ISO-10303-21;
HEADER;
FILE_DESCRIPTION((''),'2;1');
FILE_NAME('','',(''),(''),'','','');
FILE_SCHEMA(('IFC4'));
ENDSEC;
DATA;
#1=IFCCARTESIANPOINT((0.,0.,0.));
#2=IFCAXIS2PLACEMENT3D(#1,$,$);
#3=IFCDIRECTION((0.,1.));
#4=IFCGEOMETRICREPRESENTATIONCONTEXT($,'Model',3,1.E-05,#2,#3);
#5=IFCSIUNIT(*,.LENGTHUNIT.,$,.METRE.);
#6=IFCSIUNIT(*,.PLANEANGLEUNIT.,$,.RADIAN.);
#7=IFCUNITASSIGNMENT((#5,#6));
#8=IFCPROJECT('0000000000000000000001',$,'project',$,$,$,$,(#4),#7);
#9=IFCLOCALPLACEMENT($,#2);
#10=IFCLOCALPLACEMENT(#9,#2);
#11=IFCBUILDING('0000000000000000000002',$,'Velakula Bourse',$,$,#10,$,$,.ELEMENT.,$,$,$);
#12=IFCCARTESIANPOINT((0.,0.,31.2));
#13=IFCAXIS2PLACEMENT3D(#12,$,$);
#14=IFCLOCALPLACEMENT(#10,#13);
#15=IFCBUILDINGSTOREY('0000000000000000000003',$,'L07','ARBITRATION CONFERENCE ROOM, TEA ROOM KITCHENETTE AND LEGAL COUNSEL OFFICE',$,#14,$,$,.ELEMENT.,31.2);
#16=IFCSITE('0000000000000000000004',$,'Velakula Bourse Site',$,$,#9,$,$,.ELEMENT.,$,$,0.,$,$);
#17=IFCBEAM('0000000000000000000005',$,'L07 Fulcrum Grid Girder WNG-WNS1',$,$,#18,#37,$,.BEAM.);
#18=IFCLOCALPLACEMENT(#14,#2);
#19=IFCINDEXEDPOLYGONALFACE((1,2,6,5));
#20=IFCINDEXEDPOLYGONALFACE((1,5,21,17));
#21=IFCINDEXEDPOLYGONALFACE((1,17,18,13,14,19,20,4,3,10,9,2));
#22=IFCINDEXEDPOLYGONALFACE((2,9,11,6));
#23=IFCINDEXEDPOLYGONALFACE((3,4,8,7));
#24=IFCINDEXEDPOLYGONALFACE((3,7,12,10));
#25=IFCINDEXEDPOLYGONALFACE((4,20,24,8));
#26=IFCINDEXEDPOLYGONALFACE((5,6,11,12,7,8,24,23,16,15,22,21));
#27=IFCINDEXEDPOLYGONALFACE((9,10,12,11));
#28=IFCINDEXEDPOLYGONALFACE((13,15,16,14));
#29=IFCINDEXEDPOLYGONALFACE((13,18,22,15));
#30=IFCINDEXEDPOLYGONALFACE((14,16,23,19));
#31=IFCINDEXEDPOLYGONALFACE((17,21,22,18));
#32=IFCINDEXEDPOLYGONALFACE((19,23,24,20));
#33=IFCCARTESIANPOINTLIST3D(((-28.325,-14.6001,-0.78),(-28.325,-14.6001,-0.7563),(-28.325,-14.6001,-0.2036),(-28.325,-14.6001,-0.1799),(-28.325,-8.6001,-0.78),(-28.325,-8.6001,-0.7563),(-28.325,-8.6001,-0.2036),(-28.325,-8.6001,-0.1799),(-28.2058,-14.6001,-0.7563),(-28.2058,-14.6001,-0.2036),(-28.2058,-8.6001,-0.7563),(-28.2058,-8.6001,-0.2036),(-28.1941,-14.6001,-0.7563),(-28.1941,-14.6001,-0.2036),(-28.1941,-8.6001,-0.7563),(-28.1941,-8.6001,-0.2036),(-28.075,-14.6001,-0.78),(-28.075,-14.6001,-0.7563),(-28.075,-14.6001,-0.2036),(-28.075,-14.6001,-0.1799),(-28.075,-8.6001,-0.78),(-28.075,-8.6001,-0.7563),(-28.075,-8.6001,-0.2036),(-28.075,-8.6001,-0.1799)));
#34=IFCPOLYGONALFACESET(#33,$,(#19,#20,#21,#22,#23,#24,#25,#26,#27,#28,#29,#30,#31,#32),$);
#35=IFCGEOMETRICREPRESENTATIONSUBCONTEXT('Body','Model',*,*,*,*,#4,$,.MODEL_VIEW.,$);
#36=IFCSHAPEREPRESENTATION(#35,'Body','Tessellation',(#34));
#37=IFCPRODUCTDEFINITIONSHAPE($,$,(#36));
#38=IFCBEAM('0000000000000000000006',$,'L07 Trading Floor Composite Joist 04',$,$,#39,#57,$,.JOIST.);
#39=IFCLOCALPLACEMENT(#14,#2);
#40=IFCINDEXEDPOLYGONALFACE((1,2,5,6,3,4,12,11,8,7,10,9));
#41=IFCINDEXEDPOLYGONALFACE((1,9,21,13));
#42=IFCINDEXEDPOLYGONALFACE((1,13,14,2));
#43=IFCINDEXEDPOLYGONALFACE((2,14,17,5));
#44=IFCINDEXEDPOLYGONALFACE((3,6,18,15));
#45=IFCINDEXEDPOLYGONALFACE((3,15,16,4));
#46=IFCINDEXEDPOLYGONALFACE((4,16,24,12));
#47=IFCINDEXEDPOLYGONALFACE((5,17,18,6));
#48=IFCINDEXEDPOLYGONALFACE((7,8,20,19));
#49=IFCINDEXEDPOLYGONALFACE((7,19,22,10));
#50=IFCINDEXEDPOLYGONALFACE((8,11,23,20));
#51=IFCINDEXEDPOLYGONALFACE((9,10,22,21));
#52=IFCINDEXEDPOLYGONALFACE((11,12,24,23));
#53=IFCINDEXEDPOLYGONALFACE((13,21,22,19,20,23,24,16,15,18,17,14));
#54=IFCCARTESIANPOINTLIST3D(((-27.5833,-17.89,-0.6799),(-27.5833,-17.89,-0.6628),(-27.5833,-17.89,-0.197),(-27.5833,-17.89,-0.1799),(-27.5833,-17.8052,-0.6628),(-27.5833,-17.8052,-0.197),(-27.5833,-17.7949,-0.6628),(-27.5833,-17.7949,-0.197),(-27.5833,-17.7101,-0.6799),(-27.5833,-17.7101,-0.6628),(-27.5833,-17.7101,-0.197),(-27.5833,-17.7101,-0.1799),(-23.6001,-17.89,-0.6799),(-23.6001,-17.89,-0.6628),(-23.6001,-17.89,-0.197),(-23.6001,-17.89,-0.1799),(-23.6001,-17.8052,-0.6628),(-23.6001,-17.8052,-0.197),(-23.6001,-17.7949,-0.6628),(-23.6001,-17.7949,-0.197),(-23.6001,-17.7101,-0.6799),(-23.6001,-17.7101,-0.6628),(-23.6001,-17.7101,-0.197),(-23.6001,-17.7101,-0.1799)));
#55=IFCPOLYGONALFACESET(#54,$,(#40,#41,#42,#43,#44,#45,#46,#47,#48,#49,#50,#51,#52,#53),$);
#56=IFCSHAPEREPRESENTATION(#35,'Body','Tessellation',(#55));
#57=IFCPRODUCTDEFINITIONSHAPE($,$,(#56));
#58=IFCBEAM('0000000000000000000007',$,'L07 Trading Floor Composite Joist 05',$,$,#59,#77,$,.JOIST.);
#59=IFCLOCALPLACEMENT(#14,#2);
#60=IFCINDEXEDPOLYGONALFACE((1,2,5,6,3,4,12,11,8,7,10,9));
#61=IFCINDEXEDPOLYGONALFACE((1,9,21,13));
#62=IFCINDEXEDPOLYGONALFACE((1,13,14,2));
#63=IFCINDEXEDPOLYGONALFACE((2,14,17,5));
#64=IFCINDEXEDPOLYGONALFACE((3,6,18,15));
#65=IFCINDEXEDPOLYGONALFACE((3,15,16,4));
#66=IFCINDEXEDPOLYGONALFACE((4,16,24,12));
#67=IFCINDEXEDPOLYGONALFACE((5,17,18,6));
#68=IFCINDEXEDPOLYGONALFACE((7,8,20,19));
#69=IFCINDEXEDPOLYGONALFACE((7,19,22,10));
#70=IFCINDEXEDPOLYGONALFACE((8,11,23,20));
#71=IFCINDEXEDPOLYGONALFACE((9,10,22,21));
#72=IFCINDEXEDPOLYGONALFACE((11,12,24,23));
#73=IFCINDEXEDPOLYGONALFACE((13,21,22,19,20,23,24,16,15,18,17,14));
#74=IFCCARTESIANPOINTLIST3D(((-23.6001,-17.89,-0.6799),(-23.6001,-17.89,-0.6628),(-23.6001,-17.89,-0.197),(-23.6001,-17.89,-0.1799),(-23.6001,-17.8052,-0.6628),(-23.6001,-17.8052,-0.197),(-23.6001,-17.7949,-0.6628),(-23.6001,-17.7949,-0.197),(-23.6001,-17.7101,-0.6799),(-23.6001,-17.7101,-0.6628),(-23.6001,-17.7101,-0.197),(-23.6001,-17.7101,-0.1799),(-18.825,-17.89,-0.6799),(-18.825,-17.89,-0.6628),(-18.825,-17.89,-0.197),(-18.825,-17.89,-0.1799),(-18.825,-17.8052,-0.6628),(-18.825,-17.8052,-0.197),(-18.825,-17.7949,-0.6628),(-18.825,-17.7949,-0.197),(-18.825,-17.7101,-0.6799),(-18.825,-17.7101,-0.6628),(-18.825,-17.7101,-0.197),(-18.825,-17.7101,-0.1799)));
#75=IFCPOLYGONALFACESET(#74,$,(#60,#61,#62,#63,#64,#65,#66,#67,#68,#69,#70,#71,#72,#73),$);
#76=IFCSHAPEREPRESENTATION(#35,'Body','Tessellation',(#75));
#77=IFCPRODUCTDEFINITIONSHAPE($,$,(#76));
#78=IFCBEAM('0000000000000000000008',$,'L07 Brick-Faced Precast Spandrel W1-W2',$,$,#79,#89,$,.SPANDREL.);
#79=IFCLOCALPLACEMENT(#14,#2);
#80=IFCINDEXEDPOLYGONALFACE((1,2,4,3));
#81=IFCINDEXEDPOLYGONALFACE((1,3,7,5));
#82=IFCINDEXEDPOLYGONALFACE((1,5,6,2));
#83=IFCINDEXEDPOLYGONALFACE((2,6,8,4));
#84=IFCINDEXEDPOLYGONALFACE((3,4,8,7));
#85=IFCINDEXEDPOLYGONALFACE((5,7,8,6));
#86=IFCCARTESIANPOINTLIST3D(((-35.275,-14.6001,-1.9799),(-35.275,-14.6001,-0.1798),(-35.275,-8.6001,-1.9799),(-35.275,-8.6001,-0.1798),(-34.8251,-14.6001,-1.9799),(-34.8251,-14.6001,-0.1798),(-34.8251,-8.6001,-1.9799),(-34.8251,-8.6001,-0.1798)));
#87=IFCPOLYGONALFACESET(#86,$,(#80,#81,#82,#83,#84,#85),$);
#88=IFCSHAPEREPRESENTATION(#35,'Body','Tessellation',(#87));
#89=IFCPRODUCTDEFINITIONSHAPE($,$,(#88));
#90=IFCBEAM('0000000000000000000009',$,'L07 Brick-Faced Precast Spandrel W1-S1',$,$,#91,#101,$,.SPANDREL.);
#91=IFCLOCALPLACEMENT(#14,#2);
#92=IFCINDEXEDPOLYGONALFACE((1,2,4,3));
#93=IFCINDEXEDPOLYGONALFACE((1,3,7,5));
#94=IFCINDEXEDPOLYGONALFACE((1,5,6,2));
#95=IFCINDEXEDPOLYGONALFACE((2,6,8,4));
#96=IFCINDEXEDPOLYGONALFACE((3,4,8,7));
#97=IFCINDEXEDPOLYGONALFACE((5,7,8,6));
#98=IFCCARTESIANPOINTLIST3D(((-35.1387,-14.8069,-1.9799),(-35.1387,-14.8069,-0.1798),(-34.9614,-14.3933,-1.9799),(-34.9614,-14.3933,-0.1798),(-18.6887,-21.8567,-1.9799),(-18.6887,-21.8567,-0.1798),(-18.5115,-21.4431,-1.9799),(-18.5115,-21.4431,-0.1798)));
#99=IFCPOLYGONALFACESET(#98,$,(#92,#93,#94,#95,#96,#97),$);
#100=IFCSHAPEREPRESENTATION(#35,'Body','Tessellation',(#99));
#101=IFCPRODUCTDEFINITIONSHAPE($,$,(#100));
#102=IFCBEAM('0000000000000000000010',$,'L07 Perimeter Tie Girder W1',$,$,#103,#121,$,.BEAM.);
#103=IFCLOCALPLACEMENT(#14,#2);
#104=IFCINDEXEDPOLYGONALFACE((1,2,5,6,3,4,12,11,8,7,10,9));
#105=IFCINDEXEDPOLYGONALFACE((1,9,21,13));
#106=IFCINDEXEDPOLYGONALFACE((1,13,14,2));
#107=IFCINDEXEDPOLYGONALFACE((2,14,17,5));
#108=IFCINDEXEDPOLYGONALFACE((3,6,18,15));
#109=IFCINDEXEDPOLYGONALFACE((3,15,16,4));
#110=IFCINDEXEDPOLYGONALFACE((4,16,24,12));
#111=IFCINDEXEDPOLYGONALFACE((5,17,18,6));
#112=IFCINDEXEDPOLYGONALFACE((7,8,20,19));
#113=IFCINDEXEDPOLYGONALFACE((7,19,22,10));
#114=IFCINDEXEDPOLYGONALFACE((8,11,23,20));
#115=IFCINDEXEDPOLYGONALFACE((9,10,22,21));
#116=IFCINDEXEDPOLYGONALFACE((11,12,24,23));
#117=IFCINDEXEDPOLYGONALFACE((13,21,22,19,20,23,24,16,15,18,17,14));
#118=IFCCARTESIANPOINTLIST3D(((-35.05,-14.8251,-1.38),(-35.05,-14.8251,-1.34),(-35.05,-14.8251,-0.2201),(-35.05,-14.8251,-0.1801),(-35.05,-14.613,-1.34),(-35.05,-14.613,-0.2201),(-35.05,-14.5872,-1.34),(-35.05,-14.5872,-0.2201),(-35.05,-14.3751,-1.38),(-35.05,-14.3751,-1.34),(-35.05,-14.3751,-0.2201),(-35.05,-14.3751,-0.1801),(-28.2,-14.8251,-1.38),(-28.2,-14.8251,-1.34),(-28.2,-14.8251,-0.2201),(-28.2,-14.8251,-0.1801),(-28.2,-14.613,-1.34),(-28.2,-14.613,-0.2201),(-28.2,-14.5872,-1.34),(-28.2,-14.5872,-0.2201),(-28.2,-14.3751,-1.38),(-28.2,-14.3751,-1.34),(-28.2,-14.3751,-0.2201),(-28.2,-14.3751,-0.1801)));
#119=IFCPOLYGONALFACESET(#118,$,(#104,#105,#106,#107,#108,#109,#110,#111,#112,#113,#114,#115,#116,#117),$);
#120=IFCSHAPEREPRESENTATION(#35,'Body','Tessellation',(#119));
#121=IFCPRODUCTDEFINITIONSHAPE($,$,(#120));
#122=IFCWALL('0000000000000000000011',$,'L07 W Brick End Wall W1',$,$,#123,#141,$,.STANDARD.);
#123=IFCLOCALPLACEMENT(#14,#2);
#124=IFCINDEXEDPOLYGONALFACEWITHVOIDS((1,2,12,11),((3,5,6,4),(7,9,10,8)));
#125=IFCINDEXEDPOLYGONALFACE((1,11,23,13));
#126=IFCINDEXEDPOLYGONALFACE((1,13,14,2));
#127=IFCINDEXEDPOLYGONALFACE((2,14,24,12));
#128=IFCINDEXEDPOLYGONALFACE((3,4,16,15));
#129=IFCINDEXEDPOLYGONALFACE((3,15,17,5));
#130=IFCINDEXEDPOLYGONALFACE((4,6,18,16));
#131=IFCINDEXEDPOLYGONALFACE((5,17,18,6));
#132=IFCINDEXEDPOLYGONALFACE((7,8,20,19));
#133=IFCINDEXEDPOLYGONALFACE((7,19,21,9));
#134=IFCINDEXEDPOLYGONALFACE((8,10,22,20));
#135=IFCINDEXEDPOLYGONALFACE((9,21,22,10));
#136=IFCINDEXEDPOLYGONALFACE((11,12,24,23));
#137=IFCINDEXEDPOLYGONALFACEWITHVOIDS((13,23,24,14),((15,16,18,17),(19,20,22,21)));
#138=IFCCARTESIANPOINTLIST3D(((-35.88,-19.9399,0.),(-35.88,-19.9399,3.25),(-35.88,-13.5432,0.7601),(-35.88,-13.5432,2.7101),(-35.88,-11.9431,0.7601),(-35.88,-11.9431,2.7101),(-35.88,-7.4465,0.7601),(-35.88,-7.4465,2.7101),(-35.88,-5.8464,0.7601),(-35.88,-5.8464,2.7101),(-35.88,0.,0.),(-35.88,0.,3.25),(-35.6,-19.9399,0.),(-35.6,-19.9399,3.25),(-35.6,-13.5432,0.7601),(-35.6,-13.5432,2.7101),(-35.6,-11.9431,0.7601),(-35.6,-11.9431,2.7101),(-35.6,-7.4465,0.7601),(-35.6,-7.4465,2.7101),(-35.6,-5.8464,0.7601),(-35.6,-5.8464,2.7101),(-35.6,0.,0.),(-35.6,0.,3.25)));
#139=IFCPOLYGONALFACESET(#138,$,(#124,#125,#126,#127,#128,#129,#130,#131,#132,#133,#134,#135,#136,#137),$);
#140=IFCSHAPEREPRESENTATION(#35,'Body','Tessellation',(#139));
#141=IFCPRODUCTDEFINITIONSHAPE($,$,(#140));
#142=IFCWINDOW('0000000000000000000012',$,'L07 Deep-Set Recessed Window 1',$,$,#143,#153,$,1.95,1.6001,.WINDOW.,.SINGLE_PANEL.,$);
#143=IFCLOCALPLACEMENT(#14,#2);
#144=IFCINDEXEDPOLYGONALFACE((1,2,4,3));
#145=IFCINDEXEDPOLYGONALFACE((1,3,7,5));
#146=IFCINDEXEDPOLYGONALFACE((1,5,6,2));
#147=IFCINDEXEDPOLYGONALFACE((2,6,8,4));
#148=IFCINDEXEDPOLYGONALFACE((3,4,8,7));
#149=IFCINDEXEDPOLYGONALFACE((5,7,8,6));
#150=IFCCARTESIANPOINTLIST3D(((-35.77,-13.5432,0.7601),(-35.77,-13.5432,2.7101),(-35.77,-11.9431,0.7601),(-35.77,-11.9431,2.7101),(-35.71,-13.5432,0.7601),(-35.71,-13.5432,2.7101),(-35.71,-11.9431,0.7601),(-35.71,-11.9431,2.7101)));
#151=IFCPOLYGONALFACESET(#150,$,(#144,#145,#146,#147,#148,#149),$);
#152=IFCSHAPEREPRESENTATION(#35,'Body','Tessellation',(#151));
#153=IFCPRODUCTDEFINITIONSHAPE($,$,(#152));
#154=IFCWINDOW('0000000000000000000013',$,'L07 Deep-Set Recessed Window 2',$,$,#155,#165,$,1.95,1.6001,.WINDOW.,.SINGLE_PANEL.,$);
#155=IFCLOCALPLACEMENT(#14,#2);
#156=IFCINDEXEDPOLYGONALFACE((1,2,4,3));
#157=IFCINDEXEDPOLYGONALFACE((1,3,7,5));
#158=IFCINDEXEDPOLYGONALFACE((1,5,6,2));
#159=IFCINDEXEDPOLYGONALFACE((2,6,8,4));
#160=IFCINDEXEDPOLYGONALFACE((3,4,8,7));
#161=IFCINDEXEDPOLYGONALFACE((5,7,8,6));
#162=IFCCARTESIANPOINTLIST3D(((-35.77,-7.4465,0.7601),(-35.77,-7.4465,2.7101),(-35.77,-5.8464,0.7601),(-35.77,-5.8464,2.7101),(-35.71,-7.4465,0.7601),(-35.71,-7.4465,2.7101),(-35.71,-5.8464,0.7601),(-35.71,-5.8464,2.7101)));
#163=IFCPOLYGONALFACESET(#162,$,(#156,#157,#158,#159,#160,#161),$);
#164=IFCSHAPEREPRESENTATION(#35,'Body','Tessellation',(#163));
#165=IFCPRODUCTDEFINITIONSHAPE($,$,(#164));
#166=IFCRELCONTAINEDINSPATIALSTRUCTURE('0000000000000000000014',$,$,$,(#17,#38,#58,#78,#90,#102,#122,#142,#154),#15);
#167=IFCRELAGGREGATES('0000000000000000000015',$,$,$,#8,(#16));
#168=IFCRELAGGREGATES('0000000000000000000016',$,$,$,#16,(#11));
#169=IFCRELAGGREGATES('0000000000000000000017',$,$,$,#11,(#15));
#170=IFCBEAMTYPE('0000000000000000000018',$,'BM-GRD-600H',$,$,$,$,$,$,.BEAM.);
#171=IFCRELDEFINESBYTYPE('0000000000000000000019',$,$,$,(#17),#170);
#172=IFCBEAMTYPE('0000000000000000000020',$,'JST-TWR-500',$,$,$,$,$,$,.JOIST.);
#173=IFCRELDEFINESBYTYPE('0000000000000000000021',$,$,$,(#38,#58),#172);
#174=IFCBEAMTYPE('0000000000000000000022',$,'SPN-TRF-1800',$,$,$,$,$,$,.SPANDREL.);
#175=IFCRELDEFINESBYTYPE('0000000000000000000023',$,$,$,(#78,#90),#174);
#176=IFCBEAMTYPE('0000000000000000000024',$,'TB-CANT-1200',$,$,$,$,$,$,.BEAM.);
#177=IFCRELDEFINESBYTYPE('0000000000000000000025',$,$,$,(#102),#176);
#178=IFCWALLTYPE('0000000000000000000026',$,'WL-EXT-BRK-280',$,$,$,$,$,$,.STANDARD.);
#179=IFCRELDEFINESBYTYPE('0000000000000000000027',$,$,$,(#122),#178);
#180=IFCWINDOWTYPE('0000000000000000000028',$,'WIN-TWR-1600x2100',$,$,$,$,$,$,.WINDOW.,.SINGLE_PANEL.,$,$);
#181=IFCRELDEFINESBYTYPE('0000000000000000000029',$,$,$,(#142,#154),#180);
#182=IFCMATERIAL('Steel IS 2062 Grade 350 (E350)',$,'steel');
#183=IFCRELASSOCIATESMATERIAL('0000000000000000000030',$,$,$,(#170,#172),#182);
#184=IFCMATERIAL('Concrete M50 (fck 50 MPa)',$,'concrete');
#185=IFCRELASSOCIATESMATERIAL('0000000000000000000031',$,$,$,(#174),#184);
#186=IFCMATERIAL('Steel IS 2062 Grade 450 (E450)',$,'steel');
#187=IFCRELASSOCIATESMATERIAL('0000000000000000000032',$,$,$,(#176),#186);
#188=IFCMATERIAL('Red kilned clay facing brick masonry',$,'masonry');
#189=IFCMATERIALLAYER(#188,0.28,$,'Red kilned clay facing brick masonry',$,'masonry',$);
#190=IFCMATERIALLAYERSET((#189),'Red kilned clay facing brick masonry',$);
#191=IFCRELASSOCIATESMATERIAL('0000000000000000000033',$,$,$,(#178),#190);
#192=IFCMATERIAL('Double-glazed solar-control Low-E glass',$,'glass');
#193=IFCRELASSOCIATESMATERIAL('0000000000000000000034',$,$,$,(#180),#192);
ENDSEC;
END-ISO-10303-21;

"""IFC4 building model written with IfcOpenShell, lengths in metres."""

from ifc_helpers import new_model, si_unit, direction, frame, frame_2d, origin, origin_2d, place, context, subcontext, project, spatial, rectangle, i_section, extrude, material, layer, layer_set, material_profile, profile_set, type_object, element, fill, save


model = new_model("IFC4")

# Units and contexts
model_context = context("Model", 3, precision=1e-05, world=origin(), true_north=direction((0.0, 1.0)))
body_context = subcontext(model_context, "Body", "Model", "MODEL_VIEW")
ifc_project = project(units=[si_unit("LENGTHUNIT", "METRE"), si_unit("PLANEANGLEUNIT", "RADIAN")], contexts=[model_context])

# Site, building, storey
site_placement = place(None, origin())
site = spatial("IfcSite", under=ifc_project, at=site_placement, Name="Velakula Bourse Site", CompositionType="ELEMENT", RefElevation=0.0)
building_placement = place(site_placement, origin())
building = spatial("IfcBuilding", under=site, at=building_placement, Name="Velakula Bourse", CompositionType="ELEMENT")
storey_placement = place(building_placement, frame((0.0, 0.0, 31.2)))
storey = spatial("IfcBuildingStorey", under=building, at=storey_placement, Name="L07", Description="ARBITRATION CONFERENCE ROOM, TEA ROOM KITCHENETTE AND LEGAL COUNSEL OFFICE", CompositionType="ELEMENT", Elevation=31.2)

# Shared definitions
ifc_material_1 = material(Name="Steel IS 2062 Grade 450 (E450)", Category="steel")

# Beams
ifc_material_2 = material(Name="Steel IS 2062 Grade 350 (E350)", Category="steel")
ifc_material_profile_1 = material_profile(ifc_material_2, i_section(OverallWidth=0.25, OverallDepth=0.6001, WebThickness=0.0117, FlangeThickness=0.0237, at=origin_2d()), Name="Steel IS 2062 Grade 350 (E350)")
ifc_profile_set_1 = profile_set([ifc_material_profile_1], Name="Steel IS 2062 Grade 350 (E350)")
beam_type_1 = type_object("IfcBeamType", Name="BM-GRD-600H", PredefinedType="BEAM", material=ifc_profile_set_1)
beam_1_placement = place(storey_placement, frame((-28.2, -14.6001, -0.48), z_axis=(0.0, 1.0, 0.0), x_axis=(-1.0, 0.0, 0.0)))
element("IfcBeam", 1, at=beam_1_placement, inside=storey, type_object=beam_type_1, Name="L07 Fulcrum Grid Girder WNG-WNS1", PredefinedType="BEAM", context=body_context, shape_type="SweptSolid", body=[
    extrude(i_section(OverallWidth=0.25, OverallDepth=0.6001, WebThickness=0.0117, FlangeThickness=0.0237, at=origin_2d()), origin(), (0.0, 0.0, 1.0), 6.0),
])
ifc_material_profile_2 = material_profile(ifc_material_2, i_section(OverallWidth=0.1799, OverallDepth=0.5, WebThickness=0.0103, FlangeThickness=0.0171, at=origin_2d()), Name="Steel IS 2062 Grade 350 (E350)")
ifc_profile_set_2 = profile_set([ifc_material_profile_2], Name="Steel IS 2062 Grade 350 (E350)")
beam_type_2 = type_object("IfcBeamType", Name="JST-TWR-500", PredefinedType="JOIST", material=ifc_profile_set_2)
beam_2_placement = place(storey_placement, frame((-27.5833, -17.8, -0.4299), z_axis=(1.0, 0.0, 0.0), x_axis=(0.0, 1.0, 0.0)))
element("IfcBeam", 2, at=beam_2_placement, inside=storey, type_object=beam_type_2, Name="L07 Trading Floor Composite Joist 04", PredefinedType="JOIST", context=body_context, shape_type="SweptSolid", body=[
    extrude(i_section(OverallWidth=0.1799, OverallDepth=0.5, WebThickness=0.0103, FlangeThickness=0.0171, at=origin_2d()), origin(), (0.0, 0.0, 1.0), 3.9832),
])
beam_3_placement = place(storey_placement, frame((-23.6001, -17.8, -0.4299), z_axis=(1.0, 0.0, 0.0), x_axis=(0.0, 1.0, 0.0)))
element("IfcBeam", 3, at=beam_3_placement, inside=storey, type_object=beam_type_2, Name="L07 Trading Floor Composite Joist 05", PredefinedType="JOIST", context=body_context, shape_type="SweptSolid", body=[
    extrude(i_section(OverallWidth=0.1799, OverallDepth=0.5, WebThickness=0.0103, FlangeThickness=0.0171, at=origin_2d()), origin(), (0.0, 0.0, 1.0), 4.7751),
])
ifc_material_3 = material(Name="Concrete M50 (fck 50 MPa)", Category="concrete")
ifc_material_profile_3 = material_profile(ifc_material_3, rectangle(XDim=0.45, YDim=1.8, at=origin_2d()), Name="Concrete M50 (fck 50 MPa)")
ifc_profile_set_3 = profile_set([ifc_material_profile_3], Name="Concrete M50 (fck 50 MPa)")
beam_type_3 = type_object("IfcBeamType", Name="SPN-TRF-1800", PredefinedType="SPANDREL", material=ifc_profile_set_3)
beam_4_placement = place(storey_placement, frame((-35.05, -14.6001, -1.0798), z_axis=(0.0, 1.0, 0.0), x_axis=(-1.0, 0.0, 0.0)))
element("IfcBeam", 4, at=beam_4_placement, inside=storey, type_object=beam_type_3, Name="L07 Brick-Faced Precast Spandrel W1-W2", PredefinedType="SPANDREL", context=body_context, shape_type="SweptSolid", body=[
    extrude(rectangle(XDim=0.45, YDim=1.8, at=origin_2d()), origin(), (0.0, 0.0, 1.0), 6.0),
])
beam_5_placement = place(storey_placement, frame((-35.05, -14.6001, -1.0798), z_axis=(0.919149, -0.393911, 0.0), x_axis=(0.393911, 0.919149, 0.0)))
element("IfcBeam", 5, at=beam_5_placement, inside=storey, type_object=beam_type_3, Name="L07 Brick-Faced Precast Spandrel W1-S1", PredefinedType="SPANDREL", context=body_context, shape_type="SweptSolid", body=[
    extrude(rectangle(XDim=0.45, YDim=1.8, at=origin_2d()), origin(), (0.0, 0.0, 1.0), 17.897),
])
ifc_material_profile_4 = material_profile(ifc_material_1, i_section(OverallWidth=0.45, OverallDepth=1.2, WebThickness=0.0259, FlangeThickness=0.04, at=origin_2d()), Name="Steel IS 2062 Grade 450 (E450)")
ifc_profile_set_4 = profile_set([ifc_material_profile_4], Name="Steel IS 2062 Grade 450 (E450)")
beam_type_4 = type_object("IfcBeamType", Name="TB-CANT-1200", PredefinedType="BEAM", material=ifc_profile_set_4)
beam_6_placement = place(storey_placement, frame((-28.2, -14.6001, -0.78), z_axis=(-1.0, 0.0, 0.0), x_axis=(0.0, -1.0, 0.0)))
element("IfcBeam", 6, at=beam_6_placement, inside=storey, type_object=beam_type_4, Name="L07 Perimeter Tie Girder W1", PredefinedType="BEAM", context=body_context, shape_type="SweptSolid", body=[
    extrude(i_section(OverallWidth=0.45, OverallDepth=1.2, WebThickness=0.0259, FlangeThickness=0.04, at=origin_2d()), origin(), (0.0, 0.0, 1.0), 6.8501),
])

# Wall, openings, windows
ifc_material_4 = material(Name="Red kilned clay facing brick masonry", Category="masonry")
ifc_layer_1 = layer(ifc_material_4, 0.28, Name="Red kilned clay facing brick masonry", Category="masonry")
ifc_layer_set_1 = layer_set([ifc_layer_1], Name="Red kilned clay facing brick masonry")
wall_type_1 = type_object("IfcWallType", Name="WL-EXT-BRK-280", PredefinedType="STANDARD", material=ifc_layer_set_1)
wall_1_placement = place(storey_placement, frame((-35.74, -19.9399, 0.0), z_axis=(0.0, 0.0, 1.0), x_axis=(0.0, 1.0, 0.0)))
wall_1 = element("IfcWall", 7, at=wall_1_placement, inside=storey, type_object=wall_type_1, Name="L07 W Brick End Wall W1", PredefinedType="STANDARD", context=body_context, shape_type="SweptSolid", body=[
    extrude(rectangle(XDim=19.9399, YDim=0.28, at=frame_2d((9.97, 0.0))), origin(), (0.0, 0.0, 1.0), 3.25),
])
opening_1_placement = place(wall_1_placement, frame((6.3967, 0.0, 0.76)))
opening_1 = element("IfcOpeningElement", 8, at=opening_1_placement, cuts=wall_1, PredefinedType="OPENING", context=body_context, shape_type="SweptSolid", body=[
    extrude(rectangle(XDim=1.6001, YDim=1.95, at=frame_2d((0.8, 0.9751))), frame((0.0, 0.1499, 0.0), z_axis=(0.0, -1.0, 0.0), x_axis=(1.0, 0.0, 0.0)), (0.0, 0.0, 1.0), 0.3),
])
opening_2_placement = place(wall_1_placement, frame((12.4934, 0.0, 0.76)))
opening_2 = element("IfcOpeningElement", 9, at=opening_2_placement, cuts=wall_1, PredefinedType="OPENING", context=body_context, shape_type="SweptSolid", body=[
    extrude(rectangle(XDim=1.6001, YDim=1.95, at=frame_2d((0.8, 0.9751))), frame((0.0, 0.1499, 0.0), z_axis=(0.0, -1.0, 0.0), x_axis=(1.0, 0.0, 0.0)), (0.0, 0.0, 1.0), 0.3),
])
ifc_material_5 = material(Name="Double-glazed solar-control Low-E glass", Category="glass")
window_type = type_object("IfcWindowType", Name="WIN-TWR-1600x2100", PartitioningType="SINGLE_PANEL", PredefinedType="WINDOW", material=ifc_material_5)
window_1_placement = place(opening_1_placement, origin())
window_1 = element("IfcWindow", 10, at=window_1_placement, inside=storey, type_object=window_type, Name="L07 Deep-Set Recessed Window 1", OverallHeight=1.95, OverallWidth=1.6001, PartitioningType="SINGLE_PANEL", PredefinedType="WINDOW", context=body_context, shape_type="SweptSolid", body=[
    extrude(rectangle(XDim=1.6001, YDim=1.95, at=frame_2d((0.8, 0.9751))), frame((0.0, 0.03, 0.0), z_axis=(0.0, -1.0, 0.0), x_axis=(1.0, 0.0, 0.0)), (0.0, 0.0, 1.0), 0.0601),
])
fill(opening_1, window_1)
window_2_placement = place(opening_2_placement, origin())
window_2 = element("IfcWindow", 11, at=window_2_placement, inside=storey, type_object=window_type, Name="L07 Deep-Set Recessed Window 2", OverallHeight=1.95, OverallWidth=1.6001, PartitioningType="SINGLE_PANEL", PredefinedType="WINDOW", context=body_context, shape_type="SweptSolid", body=[
    extrude(rectangle(XDim=1.6001, YDim=1.95, at=frame_2d((0.8, 0.9751))), frame((0.0, 0.03, 0.0), z_axis=(0.0, -1.0, 0.0), x_axis=(1.0, 0.0, 0.0)), (0.0, 0.0, 1.0), 0.0601),
])
fill(opening_2, window_2)

save(model, "model.ifc")
